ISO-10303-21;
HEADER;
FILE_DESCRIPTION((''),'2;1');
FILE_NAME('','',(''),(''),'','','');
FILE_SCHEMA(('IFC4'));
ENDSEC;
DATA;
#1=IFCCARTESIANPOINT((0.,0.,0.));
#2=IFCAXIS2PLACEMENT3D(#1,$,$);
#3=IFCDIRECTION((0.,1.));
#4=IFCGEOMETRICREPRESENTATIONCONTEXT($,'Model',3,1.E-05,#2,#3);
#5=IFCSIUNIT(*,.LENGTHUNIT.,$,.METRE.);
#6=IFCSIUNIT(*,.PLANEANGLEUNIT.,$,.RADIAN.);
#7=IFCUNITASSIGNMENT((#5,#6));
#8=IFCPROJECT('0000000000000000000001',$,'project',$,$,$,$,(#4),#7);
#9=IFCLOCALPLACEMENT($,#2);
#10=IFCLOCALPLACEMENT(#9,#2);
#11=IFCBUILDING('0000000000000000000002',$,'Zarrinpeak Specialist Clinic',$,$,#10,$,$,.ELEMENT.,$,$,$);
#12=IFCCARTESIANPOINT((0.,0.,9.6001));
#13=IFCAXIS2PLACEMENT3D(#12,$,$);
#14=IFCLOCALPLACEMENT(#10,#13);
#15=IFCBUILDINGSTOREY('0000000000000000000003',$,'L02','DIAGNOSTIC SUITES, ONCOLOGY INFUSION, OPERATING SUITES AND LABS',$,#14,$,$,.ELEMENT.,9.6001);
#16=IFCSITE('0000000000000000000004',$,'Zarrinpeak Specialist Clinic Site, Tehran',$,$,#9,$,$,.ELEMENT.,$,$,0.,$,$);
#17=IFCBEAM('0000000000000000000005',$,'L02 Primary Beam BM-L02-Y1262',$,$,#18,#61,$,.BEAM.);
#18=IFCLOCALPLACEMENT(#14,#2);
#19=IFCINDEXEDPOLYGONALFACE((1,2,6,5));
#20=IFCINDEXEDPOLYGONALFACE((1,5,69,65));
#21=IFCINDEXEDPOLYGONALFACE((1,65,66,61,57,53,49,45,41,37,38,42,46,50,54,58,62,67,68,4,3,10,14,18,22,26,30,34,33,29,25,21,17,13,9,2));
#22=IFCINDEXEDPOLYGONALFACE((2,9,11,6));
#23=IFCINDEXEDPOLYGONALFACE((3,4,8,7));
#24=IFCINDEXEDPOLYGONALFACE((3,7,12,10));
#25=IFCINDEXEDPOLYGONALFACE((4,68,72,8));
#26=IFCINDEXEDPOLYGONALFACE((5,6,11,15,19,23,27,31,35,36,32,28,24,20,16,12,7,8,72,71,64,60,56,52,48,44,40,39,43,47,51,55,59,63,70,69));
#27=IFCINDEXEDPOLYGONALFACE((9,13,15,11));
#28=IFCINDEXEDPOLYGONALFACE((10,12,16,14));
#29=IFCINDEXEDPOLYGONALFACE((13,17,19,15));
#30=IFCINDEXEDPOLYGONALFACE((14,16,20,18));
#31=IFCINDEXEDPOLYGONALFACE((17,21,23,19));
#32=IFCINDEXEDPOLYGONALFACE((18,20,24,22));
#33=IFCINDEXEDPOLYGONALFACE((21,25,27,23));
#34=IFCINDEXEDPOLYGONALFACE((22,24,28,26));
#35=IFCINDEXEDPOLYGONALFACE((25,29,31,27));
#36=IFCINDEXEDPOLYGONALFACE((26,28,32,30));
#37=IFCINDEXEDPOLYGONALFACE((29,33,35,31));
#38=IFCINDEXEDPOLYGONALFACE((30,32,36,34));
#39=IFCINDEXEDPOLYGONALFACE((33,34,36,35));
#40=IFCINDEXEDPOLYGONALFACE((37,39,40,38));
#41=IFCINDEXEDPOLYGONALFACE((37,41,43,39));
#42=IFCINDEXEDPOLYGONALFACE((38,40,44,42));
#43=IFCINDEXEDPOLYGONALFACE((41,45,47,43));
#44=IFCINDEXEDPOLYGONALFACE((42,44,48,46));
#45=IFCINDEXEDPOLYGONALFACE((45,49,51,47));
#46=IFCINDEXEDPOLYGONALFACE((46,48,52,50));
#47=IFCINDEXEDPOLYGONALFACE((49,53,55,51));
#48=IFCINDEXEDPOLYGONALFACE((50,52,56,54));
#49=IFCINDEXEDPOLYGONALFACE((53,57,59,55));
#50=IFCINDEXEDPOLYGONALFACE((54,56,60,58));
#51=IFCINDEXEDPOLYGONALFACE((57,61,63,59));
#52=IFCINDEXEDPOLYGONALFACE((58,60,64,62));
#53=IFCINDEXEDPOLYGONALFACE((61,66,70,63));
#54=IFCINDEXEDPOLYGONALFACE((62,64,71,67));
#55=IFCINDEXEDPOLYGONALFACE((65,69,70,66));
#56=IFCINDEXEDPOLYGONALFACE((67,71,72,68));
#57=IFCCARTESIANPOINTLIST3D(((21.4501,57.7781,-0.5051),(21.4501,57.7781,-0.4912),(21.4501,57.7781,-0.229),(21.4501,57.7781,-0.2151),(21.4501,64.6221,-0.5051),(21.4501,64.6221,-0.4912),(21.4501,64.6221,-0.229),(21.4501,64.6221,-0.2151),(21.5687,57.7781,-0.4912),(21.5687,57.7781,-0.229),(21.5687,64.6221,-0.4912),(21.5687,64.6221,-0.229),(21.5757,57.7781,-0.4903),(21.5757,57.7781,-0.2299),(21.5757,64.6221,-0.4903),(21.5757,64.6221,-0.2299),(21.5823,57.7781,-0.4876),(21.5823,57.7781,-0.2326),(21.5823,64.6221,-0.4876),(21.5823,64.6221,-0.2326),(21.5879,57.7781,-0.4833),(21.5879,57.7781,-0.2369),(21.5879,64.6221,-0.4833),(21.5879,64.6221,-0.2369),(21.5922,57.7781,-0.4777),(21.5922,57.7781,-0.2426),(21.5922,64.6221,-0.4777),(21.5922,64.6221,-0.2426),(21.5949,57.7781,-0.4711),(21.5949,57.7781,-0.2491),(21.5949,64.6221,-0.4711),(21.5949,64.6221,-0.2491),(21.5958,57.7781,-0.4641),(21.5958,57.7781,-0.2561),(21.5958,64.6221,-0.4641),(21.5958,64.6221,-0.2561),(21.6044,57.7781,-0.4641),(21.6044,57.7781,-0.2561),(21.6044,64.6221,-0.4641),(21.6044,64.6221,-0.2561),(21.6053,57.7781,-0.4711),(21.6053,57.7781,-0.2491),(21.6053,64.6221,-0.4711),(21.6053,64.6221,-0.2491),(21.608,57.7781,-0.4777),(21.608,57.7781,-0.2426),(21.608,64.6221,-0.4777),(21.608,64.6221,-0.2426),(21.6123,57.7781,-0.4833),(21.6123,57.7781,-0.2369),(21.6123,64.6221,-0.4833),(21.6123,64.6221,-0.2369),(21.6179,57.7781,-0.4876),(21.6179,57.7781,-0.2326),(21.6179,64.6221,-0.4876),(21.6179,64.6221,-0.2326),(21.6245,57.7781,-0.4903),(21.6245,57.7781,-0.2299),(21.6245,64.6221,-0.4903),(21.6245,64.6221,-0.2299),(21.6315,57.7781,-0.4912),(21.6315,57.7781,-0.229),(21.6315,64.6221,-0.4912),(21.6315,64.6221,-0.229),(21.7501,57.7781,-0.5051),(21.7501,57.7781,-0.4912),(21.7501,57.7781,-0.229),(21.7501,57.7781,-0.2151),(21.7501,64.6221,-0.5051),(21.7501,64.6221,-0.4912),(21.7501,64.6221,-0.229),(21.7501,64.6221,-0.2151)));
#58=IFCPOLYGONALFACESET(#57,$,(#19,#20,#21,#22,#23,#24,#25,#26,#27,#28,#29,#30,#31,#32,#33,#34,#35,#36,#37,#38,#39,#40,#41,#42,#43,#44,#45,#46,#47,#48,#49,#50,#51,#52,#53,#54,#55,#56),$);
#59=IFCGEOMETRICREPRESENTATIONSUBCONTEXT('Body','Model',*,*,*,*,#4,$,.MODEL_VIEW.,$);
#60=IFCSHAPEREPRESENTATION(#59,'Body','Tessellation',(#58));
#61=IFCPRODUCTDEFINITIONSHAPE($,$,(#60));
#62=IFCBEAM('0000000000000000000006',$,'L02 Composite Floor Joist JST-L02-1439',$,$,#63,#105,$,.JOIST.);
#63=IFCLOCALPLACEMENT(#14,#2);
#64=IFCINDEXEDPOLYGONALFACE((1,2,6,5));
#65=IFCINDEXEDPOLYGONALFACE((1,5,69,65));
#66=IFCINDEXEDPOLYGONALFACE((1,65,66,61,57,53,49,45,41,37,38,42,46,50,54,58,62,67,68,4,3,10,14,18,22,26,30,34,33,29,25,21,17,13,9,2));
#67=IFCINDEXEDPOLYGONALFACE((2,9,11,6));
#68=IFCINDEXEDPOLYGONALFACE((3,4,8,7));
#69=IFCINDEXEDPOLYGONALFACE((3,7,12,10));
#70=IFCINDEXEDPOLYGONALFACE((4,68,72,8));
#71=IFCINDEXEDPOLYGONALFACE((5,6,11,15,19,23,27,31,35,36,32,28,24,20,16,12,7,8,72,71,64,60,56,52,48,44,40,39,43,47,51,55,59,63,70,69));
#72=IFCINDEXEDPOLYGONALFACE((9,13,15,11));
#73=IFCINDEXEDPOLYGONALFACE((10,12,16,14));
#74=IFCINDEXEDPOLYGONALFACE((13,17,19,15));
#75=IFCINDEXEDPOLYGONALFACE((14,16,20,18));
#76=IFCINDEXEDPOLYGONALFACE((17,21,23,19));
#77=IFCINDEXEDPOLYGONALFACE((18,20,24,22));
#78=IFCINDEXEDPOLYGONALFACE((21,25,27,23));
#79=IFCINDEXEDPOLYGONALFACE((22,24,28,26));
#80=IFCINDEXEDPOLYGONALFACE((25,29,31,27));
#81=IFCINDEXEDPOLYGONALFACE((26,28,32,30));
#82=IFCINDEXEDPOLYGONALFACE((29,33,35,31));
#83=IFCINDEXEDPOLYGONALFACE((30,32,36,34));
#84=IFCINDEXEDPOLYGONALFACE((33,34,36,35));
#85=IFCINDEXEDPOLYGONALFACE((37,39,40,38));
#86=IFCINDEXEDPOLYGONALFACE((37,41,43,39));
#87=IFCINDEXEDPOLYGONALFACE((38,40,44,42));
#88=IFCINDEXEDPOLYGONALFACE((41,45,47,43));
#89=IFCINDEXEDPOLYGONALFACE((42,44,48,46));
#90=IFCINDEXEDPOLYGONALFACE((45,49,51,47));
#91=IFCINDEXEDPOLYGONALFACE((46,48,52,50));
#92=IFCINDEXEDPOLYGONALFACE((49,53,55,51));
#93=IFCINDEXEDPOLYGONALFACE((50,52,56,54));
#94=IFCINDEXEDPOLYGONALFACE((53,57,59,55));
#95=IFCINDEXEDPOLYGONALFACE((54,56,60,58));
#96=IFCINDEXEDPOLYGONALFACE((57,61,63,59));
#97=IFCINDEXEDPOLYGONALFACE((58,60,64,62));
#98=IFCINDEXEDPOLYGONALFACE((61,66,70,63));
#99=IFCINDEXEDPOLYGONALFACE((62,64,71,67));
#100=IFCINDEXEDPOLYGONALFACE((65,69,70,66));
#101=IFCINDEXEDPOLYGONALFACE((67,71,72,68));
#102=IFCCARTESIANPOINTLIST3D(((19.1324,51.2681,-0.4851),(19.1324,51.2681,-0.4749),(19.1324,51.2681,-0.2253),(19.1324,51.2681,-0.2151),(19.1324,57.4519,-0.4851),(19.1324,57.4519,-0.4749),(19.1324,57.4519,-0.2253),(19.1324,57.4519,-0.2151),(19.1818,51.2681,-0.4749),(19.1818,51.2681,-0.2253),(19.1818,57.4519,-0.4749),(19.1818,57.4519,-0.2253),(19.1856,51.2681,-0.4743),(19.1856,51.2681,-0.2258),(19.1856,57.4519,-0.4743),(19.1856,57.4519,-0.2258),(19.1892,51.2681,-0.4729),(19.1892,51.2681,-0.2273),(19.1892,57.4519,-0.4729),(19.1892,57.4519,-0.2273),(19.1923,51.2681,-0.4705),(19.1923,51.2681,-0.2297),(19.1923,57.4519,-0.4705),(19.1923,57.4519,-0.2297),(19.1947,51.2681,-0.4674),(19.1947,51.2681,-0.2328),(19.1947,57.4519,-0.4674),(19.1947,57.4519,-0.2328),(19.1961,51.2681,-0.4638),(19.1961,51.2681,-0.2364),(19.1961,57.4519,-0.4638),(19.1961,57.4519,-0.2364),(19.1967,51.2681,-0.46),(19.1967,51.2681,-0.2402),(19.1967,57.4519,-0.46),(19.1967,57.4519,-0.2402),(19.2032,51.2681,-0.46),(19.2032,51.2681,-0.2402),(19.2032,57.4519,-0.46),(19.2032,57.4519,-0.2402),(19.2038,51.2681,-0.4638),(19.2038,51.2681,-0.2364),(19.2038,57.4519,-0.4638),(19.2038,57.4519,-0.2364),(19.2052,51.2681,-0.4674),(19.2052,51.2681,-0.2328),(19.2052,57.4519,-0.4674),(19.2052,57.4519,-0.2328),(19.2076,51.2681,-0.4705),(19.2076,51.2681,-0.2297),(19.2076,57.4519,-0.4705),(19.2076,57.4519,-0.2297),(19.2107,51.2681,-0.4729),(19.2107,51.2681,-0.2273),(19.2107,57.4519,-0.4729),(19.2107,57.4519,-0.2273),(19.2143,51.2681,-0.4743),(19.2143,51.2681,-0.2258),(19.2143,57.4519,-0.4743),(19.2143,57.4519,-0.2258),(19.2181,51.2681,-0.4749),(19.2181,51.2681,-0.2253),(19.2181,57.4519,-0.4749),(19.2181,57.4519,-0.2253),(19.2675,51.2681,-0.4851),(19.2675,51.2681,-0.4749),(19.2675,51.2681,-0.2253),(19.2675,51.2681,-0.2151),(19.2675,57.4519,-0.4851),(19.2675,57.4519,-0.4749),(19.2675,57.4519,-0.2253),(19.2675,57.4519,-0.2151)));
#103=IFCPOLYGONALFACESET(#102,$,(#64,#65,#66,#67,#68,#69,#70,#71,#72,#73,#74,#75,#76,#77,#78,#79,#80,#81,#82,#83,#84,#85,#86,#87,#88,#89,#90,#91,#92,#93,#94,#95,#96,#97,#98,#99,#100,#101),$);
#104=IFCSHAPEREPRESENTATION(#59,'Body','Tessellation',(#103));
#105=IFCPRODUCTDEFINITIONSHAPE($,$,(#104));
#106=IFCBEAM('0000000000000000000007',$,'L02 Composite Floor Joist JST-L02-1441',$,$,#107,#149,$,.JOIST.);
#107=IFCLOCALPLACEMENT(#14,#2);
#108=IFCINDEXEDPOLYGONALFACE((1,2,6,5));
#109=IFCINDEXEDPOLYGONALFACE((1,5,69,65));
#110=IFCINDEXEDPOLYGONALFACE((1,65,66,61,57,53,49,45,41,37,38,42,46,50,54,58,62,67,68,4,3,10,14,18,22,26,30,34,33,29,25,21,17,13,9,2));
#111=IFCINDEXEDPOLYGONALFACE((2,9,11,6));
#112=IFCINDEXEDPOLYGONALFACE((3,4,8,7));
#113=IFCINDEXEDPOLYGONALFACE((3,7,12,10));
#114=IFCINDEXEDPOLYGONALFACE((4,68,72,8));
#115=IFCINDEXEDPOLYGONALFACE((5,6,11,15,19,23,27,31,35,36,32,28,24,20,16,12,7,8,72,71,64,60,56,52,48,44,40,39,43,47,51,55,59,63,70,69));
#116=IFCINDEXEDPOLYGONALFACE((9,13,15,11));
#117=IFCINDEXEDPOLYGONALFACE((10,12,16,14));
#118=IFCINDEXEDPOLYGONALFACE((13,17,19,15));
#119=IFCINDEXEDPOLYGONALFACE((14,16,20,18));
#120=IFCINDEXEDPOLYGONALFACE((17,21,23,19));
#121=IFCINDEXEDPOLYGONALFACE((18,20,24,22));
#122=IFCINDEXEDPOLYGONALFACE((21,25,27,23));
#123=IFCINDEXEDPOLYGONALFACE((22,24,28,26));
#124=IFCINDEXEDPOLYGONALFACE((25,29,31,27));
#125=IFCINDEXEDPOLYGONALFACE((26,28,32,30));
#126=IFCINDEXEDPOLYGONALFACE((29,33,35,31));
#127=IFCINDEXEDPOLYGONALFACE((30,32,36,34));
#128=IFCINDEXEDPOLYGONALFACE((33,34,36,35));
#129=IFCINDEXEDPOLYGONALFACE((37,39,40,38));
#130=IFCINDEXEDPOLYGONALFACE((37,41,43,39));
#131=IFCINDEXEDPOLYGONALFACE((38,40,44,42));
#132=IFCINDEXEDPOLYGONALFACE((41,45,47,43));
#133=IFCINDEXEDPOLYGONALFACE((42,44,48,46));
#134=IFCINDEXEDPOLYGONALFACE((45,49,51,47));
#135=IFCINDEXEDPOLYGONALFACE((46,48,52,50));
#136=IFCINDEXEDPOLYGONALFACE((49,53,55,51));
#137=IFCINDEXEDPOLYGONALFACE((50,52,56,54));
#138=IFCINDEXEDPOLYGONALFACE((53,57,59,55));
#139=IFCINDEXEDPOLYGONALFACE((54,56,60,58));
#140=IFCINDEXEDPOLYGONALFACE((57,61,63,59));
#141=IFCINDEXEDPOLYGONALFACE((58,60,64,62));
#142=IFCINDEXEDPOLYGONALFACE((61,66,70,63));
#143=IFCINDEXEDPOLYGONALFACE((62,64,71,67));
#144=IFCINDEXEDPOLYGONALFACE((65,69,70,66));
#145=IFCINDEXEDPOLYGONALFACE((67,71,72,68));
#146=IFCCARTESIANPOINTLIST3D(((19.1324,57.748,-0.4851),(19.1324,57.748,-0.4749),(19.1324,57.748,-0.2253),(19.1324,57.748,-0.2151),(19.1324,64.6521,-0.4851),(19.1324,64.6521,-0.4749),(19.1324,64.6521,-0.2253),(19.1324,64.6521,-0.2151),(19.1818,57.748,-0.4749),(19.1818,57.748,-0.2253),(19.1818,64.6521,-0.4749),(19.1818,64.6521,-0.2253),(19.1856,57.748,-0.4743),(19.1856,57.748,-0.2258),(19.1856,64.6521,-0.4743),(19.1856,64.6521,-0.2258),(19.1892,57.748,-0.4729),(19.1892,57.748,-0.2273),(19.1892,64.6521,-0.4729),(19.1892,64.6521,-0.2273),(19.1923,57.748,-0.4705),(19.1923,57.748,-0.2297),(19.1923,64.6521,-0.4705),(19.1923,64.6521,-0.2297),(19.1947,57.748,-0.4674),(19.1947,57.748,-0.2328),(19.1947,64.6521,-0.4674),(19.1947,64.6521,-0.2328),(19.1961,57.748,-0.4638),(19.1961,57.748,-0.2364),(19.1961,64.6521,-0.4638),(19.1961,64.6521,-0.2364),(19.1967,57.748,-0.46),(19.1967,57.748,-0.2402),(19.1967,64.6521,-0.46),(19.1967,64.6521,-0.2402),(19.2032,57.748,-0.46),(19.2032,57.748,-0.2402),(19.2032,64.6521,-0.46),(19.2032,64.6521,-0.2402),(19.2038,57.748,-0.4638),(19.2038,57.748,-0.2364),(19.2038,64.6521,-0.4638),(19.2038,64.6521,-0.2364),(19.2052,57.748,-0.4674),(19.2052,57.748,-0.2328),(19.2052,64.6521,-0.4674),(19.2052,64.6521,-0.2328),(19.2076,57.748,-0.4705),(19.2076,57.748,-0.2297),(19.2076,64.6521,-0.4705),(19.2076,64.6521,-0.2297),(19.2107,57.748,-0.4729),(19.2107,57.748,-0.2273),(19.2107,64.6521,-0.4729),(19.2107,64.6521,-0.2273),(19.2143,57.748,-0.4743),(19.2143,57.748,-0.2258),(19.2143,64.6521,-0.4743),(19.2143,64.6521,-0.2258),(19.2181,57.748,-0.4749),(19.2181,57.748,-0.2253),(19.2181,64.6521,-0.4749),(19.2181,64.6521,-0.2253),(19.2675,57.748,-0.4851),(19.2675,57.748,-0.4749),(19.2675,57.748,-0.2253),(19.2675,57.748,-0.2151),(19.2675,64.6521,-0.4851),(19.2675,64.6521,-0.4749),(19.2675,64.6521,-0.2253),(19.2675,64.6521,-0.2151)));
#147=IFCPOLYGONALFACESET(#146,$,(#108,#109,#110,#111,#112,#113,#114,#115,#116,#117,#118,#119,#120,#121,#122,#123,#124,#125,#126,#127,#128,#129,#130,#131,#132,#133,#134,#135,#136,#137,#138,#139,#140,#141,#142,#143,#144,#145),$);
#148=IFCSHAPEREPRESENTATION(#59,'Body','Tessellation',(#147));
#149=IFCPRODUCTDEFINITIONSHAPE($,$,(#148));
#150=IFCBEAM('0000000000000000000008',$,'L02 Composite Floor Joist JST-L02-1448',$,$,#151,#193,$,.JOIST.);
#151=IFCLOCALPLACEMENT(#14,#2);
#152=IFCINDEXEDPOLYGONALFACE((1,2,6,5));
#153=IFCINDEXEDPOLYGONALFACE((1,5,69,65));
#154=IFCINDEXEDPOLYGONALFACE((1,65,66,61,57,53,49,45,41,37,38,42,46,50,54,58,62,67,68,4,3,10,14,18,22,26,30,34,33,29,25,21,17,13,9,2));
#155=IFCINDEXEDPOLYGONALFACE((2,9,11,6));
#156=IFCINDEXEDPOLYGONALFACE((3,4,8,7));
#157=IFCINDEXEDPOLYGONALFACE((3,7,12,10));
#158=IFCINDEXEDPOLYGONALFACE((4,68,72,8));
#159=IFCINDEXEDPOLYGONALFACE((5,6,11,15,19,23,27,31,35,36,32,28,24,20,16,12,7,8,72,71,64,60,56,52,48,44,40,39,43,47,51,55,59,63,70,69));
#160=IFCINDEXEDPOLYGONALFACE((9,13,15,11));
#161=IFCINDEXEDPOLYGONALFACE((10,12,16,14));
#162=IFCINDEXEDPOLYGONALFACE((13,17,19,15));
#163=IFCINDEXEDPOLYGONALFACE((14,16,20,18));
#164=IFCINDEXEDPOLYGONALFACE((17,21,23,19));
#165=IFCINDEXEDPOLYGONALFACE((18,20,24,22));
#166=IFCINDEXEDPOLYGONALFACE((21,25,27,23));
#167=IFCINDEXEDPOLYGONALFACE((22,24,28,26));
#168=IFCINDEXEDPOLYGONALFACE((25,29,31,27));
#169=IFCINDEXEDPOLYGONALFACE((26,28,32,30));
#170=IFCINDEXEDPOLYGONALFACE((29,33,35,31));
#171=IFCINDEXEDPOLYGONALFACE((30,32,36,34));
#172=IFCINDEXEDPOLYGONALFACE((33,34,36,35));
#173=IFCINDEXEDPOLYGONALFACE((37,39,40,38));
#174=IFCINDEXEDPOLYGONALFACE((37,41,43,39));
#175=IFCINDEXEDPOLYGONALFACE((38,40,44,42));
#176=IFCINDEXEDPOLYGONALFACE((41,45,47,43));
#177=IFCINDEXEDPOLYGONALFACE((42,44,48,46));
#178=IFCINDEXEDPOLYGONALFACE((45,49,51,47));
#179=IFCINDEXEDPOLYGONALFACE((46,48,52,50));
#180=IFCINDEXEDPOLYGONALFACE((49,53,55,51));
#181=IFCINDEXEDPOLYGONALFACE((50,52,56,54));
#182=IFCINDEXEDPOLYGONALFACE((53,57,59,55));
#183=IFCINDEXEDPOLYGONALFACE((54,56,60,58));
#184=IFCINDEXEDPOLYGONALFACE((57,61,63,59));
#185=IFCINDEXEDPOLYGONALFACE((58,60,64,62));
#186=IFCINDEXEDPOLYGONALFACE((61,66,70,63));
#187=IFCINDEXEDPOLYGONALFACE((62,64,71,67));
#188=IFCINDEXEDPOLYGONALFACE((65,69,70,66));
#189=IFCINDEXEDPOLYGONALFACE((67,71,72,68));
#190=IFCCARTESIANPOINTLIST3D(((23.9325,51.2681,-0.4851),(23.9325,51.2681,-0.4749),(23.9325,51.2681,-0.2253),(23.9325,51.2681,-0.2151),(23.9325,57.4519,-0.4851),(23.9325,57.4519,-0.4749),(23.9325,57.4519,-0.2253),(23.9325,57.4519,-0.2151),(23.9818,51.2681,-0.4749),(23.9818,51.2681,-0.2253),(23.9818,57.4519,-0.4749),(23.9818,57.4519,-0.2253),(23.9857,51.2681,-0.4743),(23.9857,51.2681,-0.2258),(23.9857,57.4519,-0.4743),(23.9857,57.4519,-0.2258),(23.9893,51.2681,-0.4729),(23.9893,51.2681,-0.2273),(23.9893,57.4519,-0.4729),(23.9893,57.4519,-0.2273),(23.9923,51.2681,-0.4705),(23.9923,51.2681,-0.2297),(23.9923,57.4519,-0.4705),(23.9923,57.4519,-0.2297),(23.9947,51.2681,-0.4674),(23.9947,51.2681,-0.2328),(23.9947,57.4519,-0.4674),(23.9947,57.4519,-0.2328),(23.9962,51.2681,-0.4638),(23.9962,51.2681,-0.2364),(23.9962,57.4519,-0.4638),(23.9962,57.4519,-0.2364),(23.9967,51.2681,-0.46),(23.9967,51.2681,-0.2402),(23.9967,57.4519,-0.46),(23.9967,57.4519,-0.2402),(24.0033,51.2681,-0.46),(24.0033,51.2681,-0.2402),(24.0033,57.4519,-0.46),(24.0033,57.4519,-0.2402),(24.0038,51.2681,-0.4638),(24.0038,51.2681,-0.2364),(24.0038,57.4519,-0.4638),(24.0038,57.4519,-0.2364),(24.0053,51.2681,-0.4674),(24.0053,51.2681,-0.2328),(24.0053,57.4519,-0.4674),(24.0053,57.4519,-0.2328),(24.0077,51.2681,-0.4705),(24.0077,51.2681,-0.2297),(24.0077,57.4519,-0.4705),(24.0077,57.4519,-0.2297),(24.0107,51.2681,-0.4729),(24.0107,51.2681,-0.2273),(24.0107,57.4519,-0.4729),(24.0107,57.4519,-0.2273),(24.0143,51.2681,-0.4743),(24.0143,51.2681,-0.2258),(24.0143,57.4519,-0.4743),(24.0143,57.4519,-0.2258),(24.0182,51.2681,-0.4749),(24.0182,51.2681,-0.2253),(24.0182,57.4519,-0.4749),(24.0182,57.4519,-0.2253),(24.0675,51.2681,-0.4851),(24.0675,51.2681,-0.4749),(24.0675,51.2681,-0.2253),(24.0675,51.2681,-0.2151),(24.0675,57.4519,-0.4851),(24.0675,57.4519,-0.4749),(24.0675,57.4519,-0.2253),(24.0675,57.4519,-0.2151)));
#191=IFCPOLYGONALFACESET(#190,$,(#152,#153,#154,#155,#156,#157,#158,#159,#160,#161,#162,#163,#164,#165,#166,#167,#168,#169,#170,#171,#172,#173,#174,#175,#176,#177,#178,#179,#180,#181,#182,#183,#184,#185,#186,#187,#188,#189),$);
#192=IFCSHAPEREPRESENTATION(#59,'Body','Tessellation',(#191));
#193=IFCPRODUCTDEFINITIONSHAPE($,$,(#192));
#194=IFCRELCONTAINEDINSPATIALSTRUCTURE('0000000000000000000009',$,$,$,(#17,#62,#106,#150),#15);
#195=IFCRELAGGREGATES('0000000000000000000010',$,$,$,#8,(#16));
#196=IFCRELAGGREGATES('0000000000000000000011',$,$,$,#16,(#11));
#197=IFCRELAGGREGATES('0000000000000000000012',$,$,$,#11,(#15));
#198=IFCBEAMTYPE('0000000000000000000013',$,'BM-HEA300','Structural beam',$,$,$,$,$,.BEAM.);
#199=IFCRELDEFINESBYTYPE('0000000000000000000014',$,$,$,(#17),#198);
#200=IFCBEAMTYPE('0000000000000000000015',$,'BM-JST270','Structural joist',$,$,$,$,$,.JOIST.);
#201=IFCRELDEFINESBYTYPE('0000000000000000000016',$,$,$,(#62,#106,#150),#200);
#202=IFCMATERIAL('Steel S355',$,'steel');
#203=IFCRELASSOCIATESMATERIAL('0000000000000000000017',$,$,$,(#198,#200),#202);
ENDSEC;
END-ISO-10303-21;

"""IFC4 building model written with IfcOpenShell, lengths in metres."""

from ifc_helpers import new_model, si_unit, direction, frame, origin, origin_2d, place, context, subcontext, project, spatial, i_section, extrude, material, material_profile, profile_set, type_object, element, save


model = new_model("IFC4")

# Units and contexts
model_context = context("Model", 3, precision=1e-05, world=origin(), true_north=direction((0.0, 1.0)))
body_context = subcontext(model_context, "Body", "Model", "MODEL_VIEW")
ifc_project = project(units=[si_unit("LENGTHUNIT", "METRE"), si_unit("PLANEANGLEUNIT", "RADIAN")], contexts=[model_context])

# Site, building, storey
site_placement = place(None, origin())
site = spatial("IfcSite", under=ifc_project, at=site_placement, Name="Zarrinpeak Specialist Clinic Site, Tehran", CompositionType="ELEMENT", RefElevation=0.0)
building_placement = place(site_placement, origin())
building = spatial("IfcBuilding", under=site, at=building_placement, Name="Zarrinpeak Specialist Clinic", CompositionType="ELEMENT")
storey_placement = place(building_placement, frame((0.0, 0.0, 9.6001)))
storey = spatial("IfcBuildingStorey", under=building, at=storey_placement, Name="L02", Description="DIAGNOSTIC SUITES, ONCOLOGY INFUSION, OPERATING SUITES AND LABS", CompositionType="ELEMENT", Elevation=9.6001)

# Shared definitions
ifc_material_1 = material(Name="Steel S355", Category="steel")

# Beams
ifc_material_profile_1 = material_profile(ifc_material_1, i_section(OverallWidth=0.3, OverallDepth=0.29, WebThickness=0.0085, FlangeThickness=0.0139, FilletRadius=0.0271, at=origin_2d()), Name="HEA 300")
ifc_profile_set_1 = profile_set([ifc_material_profile_1], Name="Steel S355")
beam_type_1 = type_object("IfcBeamType", Name="BM-HEA300", Description="Structural beam", PredefinedType="BEAM", material=ifc_profile_set_1)
beam_1_placement = place(storey_placement, frame((21.6001, 57.7781, -0.3601), z_axis=(0.0, 1.0, 0.0), x_axis=(-1.0, 0.0, 0.0)))
element("IfcBeam", 1, at=beam_1_placement, inside=storey, type_object=beam_type_1, Name="L02 Primary Beam BM-L02-Y1262", PredefinedType="BEAM", context=body_context, shape_type="SweptSolid", body=[
    extrude(i_section(OverallWidth=0.3, OverallDepth=0.29, WebThickness=0.0085, FlangeThickness=0.0139, FilletRadius=0.0271, at=origin_2d()), origin(), (0.0, 0.0, 1.0), 6.844),
])
ifc_material_profile_2 = material_profile(ifc_material_1, i_section(OverallWidth=0.135, OverallDepth=0.27, WebThickness=0.0066, FlangeThickness=0.0103, FilletRadius=0.0149, at=origin_2d()), Name="IPE 270")
ifc_profile_set_2 = profile_set([ifc_material_profile_2], Name="Steel S355")
beam_type_2 = type_object("IfcBeamType", Name="BM-JST270", Description="Structural joist", PredefinedType="JOIST", material=ifc_profile_set_2)
beam_2_placement = place(storey_placement, frame((19.2, 51.2681, -0.3501), z_axis=(0.0, 1.0, 0.0), x_axis=(-1.0, 0.0, 0.0)))
element("IfcBeam", 2, at=beam_2_placement, inside=storey, type_object=beam_type_2, Name="L02 Composite Floor Joist JST-L02-1439", PredefinedType="JOIST", context=body_context, shape_type="SweptSolid", body=[
    extrude(i_section(OverallWidth=0.135, OverallDepth=0.27, WebThickness=0.0066, FlangeThickness=0.0103, FilletRadius=0.0149, at=origin_2d()), origin(), (0.0, 0.0, 1.0), 6.1838),
])
beam_3_placement = place(storey_placement, frame((19.2, 57.748, -0.3501), z_axis=(0.0, 1.0, 0.0), x_axis=(-1.0, 0.0, 0.0)))
element("IfcBeam", 3, at=beam_3_placement, inside=storey, type_object=beam_type_2, Name="L02 Composite Floor Joist JST-L02-1441", PredefinedType="JOIST", context=body_context, shape_type="SweptSolid", body=[
    extrude(i_section(OverallWidth=0.135, OverallDepth=0.27, WebThickness=0.0066, FlangeThickness=0.0103, FilletRadius=0.0149, at=origin_2d()), origin(), (0.0, 0.0, 1.0), 6.9041),
])
for number, where, z_axis, x_axis, name in (
    (4, (24.0, 51.2681, -0.3501), (0.0, 1.0, 0.0), (-1.0, 0.0, 0.0), "L02 Composite Floor Joist JST-L02-1448"),
):
    element("IfcBeam", number, at=place(storey_placement, frame(where, z_axis=z_axis, x_axis=x_axis)), inside=storey, type_object=beam_type_2, Name=name, PredefinedType="JOIST", context=body_context, shape_type="SweptSolid", body=[
        extrude(i_section(OverallWidth=0.135, OverallDepth=0.27, WebThickness=0.0066, FlangeThickness=0.0103, FilletRadius=0.0149, at=origin_2d()), origin(), (0.0, 0.0, 1.0), 6.1838),
    ])

save(model, "model.ifc")
